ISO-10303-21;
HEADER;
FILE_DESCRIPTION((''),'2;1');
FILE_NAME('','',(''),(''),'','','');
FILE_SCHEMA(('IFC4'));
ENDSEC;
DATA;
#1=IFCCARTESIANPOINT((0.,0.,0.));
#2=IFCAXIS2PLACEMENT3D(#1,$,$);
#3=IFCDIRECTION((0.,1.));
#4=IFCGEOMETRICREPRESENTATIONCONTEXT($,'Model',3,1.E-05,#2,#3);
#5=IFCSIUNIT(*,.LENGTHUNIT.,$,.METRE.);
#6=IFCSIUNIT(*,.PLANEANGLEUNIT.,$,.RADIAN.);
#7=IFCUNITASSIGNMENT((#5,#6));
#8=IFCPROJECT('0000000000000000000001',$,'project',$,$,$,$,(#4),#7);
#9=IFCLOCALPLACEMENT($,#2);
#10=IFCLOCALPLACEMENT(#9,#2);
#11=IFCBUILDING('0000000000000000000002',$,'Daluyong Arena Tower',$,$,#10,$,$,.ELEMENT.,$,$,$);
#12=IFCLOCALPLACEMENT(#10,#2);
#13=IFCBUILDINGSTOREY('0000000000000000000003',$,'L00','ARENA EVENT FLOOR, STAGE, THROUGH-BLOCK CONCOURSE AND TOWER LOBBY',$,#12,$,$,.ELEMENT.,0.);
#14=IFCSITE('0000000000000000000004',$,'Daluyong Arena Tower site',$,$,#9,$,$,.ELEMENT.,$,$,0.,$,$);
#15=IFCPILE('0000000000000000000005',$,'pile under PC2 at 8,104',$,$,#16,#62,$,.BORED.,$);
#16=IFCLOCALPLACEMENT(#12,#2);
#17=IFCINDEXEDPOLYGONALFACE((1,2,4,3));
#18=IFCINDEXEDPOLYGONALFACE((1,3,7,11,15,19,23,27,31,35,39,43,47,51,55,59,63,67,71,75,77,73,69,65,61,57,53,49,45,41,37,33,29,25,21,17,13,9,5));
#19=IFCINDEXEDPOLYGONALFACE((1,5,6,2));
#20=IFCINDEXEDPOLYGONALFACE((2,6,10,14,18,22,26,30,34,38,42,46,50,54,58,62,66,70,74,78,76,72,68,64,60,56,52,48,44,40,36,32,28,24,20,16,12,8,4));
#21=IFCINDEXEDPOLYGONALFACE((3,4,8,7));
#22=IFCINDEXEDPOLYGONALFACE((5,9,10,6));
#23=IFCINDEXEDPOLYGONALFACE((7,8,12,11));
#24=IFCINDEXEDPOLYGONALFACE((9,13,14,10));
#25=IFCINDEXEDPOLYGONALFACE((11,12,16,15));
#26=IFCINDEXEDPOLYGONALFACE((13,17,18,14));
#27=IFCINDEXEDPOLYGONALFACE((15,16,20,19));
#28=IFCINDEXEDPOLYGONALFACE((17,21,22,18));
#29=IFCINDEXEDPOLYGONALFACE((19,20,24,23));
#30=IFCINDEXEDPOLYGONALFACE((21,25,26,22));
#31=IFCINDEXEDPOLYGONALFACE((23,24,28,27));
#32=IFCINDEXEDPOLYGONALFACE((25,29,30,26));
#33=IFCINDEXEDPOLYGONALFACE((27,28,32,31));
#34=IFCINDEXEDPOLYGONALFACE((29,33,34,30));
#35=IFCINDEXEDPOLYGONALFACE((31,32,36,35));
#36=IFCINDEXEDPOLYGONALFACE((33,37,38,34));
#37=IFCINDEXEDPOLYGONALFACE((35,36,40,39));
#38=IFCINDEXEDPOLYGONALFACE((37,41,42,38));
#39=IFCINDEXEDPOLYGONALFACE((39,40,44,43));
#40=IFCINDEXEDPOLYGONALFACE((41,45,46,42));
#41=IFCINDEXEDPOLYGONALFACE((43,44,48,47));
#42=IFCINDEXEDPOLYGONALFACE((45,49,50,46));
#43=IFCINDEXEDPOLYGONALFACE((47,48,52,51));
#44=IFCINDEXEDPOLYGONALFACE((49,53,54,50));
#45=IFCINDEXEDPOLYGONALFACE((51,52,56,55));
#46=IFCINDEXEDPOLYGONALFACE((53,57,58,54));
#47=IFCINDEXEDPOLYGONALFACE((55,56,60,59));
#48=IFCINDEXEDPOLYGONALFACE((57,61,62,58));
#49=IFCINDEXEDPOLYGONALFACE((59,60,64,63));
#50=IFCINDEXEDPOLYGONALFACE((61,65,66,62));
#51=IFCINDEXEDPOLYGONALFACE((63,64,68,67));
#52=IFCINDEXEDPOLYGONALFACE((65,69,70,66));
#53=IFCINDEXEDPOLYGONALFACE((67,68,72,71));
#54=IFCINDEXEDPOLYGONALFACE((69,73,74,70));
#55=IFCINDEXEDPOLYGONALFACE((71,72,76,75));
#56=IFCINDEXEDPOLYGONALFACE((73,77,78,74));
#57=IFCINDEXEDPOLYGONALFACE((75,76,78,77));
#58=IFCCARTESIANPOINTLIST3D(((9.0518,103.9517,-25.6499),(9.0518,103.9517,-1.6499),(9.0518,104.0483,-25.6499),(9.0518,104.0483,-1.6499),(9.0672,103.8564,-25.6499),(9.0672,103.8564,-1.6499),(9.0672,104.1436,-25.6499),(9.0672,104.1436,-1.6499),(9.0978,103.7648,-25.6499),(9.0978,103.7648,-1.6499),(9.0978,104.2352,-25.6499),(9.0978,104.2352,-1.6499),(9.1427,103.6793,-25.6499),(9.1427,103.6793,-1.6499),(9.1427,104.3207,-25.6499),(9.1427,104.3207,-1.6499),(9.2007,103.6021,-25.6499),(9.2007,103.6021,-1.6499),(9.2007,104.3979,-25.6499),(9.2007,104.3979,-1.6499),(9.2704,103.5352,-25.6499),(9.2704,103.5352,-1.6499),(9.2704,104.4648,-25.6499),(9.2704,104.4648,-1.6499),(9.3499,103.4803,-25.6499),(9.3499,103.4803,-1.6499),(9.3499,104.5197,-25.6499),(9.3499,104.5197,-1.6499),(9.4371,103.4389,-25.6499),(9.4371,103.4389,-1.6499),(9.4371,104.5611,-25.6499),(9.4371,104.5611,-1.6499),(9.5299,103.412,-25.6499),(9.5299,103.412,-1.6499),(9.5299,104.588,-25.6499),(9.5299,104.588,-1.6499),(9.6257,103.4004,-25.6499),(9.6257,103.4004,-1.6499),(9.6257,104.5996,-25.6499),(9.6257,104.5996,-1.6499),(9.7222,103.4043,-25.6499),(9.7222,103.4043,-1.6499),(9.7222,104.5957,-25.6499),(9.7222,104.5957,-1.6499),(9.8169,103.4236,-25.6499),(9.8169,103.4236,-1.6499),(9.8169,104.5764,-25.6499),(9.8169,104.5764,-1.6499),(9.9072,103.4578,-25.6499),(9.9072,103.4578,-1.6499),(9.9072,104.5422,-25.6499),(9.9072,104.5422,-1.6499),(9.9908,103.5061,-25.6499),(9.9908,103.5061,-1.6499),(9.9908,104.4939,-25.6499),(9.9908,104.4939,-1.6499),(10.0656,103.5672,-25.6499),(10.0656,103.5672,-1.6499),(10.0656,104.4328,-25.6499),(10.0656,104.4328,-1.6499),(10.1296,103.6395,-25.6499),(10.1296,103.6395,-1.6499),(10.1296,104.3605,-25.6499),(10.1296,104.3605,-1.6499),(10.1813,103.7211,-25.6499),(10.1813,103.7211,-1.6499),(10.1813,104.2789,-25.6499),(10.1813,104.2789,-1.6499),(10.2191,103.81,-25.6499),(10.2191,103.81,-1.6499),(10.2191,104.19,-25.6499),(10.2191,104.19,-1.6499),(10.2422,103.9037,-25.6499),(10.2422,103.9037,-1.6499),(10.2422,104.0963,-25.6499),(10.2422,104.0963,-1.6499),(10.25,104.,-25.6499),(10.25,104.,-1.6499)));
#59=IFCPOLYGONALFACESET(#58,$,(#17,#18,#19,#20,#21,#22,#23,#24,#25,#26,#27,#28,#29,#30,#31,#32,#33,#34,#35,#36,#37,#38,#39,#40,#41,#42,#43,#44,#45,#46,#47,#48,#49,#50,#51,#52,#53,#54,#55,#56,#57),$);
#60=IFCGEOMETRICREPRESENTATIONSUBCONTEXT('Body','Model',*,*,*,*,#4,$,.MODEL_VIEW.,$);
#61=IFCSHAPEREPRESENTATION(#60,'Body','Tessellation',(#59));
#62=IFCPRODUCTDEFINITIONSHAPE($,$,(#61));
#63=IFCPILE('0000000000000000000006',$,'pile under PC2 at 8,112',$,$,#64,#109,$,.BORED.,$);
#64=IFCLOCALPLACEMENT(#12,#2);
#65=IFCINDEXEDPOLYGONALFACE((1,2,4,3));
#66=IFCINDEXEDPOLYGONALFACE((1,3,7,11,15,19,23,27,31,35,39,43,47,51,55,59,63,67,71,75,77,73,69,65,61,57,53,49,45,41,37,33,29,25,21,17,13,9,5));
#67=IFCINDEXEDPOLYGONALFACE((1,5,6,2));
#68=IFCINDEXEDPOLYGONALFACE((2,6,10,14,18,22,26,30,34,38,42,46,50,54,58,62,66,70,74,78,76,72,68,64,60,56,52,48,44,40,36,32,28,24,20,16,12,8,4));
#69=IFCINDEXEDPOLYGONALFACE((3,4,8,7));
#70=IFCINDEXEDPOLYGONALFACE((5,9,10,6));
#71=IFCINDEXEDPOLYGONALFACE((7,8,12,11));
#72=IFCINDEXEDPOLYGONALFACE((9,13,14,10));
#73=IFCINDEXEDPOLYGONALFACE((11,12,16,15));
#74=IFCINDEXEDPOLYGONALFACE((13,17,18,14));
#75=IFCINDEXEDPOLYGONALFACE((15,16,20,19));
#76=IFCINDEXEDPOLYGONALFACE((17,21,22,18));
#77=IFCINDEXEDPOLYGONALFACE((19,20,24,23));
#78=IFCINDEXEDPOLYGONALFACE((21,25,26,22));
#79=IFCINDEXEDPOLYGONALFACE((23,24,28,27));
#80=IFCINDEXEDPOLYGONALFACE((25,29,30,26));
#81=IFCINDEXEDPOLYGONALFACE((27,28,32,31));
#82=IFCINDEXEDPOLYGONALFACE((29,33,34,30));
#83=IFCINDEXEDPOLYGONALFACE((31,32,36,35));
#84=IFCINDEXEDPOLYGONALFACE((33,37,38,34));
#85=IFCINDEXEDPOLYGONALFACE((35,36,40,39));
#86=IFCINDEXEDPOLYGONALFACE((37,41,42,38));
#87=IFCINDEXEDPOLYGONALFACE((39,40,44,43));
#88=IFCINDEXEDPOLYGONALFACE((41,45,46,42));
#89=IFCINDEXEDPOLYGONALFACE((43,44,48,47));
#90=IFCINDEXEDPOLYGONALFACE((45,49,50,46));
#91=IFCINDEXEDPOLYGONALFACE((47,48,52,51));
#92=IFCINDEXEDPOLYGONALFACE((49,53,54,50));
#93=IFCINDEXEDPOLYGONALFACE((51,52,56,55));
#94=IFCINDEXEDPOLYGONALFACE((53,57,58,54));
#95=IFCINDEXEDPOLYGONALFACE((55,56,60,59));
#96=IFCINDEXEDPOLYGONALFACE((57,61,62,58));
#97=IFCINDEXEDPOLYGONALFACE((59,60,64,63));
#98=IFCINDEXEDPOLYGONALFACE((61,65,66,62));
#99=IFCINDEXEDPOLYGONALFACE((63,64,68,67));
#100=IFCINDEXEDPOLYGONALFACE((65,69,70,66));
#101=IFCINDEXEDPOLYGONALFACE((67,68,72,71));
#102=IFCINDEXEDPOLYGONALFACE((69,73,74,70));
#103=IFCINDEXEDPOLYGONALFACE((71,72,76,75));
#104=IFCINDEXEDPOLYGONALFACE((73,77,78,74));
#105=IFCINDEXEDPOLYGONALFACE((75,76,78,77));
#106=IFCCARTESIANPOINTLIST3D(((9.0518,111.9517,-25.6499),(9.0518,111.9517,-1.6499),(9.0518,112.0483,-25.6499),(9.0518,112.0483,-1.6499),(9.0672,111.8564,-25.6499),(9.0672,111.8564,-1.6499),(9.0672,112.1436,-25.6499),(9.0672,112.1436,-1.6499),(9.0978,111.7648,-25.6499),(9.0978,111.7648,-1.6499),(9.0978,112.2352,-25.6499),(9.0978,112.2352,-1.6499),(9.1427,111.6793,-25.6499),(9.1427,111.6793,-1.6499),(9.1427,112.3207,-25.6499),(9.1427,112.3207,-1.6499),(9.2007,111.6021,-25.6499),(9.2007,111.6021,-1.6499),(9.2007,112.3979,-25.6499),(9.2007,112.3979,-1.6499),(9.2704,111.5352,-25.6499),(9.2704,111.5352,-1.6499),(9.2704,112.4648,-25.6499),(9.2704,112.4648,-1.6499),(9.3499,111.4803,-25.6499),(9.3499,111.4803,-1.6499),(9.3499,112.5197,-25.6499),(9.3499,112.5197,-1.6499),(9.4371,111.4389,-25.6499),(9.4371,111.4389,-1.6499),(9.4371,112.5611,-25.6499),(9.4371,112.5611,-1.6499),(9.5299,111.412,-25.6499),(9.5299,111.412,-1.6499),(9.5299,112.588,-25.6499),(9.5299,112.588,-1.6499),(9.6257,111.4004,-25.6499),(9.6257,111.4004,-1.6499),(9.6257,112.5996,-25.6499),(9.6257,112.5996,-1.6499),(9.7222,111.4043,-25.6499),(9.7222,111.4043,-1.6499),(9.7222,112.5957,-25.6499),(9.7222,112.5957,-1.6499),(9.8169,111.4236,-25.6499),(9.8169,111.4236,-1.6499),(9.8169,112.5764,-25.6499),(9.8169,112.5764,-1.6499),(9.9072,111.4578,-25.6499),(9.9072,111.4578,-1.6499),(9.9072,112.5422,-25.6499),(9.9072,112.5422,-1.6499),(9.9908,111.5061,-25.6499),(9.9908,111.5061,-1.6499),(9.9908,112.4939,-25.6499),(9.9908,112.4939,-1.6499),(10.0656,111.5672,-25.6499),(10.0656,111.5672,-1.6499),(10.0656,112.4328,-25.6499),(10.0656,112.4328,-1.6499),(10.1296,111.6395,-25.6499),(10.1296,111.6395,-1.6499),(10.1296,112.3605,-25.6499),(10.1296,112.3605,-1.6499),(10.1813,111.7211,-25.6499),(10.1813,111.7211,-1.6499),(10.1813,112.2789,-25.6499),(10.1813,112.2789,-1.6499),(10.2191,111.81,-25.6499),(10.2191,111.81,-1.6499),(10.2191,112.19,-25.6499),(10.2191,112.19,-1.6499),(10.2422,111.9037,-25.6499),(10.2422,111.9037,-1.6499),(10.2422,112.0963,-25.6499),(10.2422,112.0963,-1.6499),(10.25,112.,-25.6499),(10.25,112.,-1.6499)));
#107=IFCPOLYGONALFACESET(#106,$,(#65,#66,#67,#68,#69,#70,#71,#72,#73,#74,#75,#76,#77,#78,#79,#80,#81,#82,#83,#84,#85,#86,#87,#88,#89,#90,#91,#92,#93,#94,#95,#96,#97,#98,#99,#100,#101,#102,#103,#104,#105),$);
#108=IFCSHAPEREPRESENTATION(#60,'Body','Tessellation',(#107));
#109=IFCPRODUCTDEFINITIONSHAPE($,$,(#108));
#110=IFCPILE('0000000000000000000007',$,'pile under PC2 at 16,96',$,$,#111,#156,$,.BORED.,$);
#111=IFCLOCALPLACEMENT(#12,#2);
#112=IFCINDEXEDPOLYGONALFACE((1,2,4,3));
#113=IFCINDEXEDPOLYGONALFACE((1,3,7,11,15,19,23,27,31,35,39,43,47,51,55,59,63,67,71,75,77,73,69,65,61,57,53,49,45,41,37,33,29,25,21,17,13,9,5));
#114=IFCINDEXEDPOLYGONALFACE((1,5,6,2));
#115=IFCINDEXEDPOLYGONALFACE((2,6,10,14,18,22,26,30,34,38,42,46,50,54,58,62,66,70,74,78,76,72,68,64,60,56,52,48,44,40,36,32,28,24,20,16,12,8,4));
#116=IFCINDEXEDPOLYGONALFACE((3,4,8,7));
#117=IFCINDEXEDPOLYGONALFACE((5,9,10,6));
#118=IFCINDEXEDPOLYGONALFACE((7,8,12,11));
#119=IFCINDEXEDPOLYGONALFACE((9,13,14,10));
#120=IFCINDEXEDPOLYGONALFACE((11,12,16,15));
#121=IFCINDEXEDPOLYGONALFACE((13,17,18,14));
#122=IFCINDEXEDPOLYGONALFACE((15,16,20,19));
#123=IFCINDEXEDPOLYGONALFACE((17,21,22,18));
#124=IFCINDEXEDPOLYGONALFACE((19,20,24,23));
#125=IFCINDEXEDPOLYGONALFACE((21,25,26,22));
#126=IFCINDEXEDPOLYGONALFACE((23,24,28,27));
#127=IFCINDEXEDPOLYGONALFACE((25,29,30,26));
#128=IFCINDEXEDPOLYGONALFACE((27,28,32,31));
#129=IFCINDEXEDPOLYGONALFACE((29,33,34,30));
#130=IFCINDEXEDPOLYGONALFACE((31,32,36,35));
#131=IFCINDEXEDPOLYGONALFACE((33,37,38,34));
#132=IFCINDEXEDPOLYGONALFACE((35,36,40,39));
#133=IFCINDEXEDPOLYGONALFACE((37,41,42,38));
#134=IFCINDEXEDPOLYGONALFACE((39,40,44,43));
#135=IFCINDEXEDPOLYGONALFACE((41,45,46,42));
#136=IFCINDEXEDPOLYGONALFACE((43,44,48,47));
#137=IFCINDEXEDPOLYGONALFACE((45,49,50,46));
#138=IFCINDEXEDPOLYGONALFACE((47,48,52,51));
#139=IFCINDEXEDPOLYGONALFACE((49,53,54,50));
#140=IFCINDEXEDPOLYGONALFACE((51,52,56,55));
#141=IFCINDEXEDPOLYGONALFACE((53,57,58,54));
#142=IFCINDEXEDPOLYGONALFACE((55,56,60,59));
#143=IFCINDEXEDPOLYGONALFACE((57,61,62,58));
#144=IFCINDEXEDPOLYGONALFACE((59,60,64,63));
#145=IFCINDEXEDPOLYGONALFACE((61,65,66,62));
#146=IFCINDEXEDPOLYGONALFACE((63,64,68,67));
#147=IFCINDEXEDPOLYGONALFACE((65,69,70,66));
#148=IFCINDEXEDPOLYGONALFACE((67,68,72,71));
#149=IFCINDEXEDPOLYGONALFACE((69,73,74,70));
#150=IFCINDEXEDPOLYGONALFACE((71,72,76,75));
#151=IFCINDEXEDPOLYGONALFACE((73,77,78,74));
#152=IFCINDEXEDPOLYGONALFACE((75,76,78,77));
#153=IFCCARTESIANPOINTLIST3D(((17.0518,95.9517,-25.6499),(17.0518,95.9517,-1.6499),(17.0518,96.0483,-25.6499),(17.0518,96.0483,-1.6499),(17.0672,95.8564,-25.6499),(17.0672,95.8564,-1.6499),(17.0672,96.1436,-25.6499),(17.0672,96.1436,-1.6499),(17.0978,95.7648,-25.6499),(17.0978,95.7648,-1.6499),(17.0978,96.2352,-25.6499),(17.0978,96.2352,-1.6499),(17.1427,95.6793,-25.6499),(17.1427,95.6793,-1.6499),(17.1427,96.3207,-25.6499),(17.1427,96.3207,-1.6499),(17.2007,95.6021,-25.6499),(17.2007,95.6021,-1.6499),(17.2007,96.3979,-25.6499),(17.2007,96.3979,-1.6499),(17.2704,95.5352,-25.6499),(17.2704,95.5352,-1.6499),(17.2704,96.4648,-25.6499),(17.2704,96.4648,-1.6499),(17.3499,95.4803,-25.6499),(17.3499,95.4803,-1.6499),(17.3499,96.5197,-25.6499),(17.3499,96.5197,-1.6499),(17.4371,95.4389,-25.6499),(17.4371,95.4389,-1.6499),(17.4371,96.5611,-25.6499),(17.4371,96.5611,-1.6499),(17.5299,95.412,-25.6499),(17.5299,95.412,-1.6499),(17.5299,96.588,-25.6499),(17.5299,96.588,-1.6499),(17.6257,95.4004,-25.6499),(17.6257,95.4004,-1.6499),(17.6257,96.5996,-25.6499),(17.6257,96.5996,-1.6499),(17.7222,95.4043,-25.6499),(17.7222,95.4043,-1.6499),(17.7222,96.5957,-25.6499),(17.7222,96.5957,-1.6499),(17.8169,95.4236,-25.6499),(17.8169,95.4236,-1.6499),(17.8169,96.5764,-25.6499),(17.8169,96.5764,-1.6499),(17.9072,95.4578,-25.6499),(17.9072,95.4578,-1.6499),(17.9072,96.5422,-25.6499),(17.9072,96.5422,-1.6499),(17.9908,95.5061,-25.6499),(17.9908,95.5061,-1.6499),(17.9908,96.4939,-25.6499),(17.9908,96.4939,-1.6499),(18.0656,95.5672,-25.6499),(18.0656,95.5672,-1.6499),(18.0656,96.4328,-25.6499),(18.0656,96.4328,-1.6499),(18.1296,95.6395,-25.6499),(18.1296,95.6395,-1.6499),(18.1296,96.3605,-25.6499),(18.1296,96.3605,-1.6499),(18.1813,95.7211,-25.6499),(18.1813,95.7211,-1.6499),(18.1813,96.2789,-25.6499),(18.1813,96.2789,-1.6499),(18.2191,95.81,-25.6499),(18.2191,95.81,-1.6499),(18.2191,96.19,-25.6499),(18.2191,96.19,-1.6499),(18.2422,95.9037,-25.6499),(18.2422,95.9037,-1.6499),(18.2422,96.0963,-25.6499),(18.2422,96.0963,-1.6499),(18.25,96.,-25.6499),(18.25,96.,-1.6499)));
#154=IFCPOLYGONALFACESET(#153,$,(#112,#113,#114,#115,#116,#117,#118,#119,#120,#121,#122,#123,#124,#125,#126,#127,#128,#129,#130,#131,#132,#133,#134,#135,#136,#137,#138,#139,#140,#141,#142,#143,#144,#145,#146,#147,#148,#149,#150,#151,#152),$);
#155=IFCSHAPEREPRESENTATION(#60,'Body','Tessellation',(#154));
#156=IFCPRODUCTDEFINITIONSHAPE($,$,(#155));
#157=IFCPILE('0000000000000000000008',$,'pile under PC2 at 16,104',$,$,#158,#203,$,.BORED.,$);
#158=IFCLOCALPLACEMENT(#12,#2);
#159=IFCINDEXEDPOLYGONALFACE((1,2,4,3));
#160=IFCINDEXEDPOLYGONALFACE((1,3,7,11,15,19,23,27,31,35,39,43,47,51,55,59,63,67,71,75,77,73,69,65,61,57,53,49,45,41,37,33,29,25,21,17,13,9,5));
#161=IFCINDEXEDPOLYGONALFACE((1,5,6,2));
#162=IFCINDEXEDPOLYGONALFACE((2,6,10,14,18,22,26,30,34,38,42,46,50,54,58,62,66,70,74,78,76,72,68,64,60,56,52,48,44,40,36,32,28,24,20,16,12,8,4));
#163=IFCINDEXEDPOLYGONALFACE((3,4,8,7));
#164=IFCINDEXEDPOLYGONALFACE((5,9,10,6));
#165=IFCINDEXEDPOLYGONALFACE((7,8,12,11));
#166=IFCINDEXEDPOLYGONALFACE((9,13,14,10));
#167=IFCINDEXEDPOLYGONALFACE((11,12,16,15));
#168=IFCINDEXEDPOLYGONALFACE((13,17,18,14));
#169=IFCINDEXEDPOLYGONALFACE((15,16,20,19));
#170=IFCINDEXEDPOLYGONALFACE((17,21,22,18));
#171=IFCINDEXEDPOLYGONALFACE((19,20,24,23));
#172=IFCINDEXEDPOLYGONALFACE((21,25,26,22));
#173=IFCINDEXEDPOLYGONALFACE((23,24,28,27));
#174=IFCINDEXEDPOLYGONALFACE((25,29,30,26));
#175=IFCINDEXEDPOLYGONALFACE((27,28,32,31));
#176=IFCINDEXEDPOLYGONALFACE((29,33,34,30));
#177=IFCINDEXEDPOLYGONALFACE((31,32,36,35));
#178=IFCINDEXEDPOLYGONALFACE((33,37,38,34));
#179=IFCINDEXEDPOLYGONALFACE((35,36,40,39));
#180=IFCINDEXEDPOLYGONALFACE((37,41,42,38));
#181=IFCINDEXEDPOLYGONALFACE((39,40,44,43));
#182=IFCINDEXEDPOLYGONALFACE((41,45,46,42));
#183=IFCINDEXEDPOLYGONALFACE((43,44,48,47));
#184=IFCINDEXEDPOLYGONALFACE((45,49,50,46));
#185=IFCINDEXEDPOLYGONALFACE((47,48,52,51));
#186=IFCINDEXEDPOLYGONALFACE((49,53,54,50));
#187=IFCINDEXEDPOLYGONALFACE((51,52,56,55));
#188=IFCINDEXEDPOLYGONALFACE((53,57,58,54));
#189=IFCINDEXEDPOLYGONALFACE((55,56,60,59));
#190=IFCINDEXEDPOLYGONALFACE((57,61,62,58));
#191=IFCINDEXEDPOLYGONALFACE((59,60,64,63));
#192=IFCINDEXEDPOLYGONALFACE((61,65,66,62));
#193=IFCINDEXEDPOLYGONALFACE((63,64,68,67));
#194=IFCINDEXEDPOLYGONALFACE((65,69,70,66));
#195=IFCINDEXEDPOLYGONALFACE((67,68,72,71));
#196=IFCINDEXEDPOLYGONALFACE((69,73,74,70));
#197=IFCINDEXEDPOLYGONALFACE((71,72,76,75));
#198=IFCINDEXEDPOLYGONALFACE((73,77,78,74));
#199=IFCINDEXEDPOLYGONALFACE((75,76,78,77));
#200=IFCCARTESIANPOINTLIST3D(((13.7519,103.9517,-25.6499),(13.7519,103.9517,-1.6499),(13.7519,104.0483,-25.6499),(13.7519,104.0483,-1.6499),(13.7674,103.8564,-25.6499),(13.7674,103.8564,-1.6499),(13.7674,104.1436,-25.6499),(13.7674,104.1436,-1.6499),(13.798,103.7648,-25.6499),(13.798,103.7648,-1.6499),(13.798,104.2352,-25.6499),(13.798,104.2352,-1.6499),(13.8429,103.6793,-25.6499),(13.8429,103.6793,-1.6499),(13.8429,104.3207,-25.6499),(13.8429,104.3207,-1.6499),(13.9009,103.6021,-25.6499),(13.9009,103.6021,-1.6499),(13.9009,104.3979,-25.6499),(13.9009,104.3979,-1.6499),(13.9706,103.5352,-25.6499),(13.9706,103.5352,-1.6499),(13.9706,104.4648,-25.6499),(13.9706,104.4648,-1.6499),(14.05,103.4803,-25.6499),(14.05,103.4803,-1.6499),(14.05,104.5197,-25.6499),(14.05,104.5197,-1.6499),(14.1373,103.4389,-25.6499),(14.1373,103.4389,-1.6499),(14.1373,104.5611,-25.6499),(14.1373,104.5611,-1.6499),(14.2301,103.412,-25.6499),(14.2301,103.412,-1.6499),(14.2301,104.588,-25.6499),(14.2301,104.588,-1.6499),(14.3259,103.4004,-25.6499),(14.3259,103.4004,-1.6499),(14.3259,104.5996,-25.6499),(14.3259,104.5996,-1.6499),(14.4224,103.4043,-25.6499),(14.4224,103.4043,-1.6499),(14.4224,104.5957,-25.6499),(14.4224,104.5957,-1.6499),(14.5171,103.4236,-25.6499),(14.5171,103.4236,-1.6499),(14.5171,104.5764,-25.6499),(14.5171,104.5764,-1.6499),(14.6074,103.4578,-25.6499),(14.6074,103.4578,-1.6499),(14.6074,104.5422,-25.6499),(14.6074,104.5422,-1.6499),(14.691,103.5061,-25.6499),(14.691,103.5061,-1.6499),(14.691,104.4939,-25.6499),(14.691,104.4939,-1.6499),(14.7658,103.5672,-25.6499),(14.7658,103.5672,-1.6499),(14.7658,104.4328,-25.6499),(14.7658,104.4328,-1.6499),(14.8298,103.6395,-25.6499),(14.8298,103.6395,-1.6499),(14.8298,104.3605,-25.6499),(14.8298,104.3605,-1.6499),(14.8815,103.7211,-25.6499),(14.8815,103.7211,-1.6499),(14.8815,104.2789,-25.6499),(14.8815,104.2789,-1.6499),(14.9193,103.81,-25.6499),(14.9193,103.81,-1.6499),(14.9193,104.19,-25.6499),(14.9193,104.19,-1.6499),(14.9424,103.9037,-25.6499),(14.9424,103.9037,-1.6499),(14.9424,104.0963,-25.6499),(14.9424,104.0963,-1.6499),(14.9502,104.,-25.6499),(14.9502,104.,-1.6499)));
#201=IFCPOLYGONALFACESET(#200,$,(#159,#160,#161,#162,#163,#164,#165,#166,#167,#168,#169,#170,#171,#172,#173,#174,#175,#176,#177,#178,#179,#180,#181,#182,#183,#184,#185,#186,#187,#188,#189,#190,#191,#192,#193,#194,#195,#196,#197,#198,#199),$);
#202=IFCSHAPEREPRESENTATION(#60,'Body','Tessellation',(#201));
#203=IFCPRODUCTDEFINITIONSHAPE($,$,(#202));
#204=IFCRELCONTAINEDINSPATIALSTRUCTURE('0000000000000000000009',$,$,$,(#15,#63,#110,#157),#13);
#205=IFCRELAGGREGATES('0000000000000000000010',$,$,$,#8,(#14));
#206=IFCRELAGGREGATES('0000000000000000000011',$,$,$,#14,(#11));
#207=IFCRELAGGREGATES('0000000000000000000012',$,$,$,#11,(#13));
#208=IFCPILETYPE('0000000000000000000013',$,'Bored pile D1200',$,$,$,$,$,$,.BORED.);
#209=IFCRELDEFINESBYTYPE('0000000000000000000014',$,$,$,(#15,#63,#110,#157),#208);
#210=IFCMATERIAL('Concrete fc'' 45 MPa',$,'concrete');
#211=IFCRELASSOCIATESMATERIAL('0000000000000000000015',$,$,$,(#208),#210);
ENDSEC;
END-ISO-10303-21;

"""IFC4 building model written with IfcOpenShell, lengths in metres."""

from ifc_helpers import new_model, si_unit, direction, frame, origin, origin_2d, place, context, subcontext, project, spatial, circle, extrude, material, type_object, element, save


model = new_model("IFC4")

# Units and contexts
model_context = context("Model", 3, precision=1e-05, world=origin(), true_north=direction((0.0, 1.0)))
body_context = subcontext(model_context, "Body", "Model", "MODEL_VIEW")
ifc_project = project(units=[si_unit("LENGTHUNIT", "METRE"), si_unit("PLANEANGLEUNIT", "RADIAN")], contexts=[model_context])

# Site, building, storey
site_placement = place(None, origin())
site = spatial("IfcSite", under=ifc_project, at=site_placement, Name="Daluyong Arena Tower site", CompositionType="ELEMENT", RefElevation=0.0)
building_placement = place(site_placement, origin())
building = spatial("IfcBuilding", under=site, at=building_placement, Name="Daluyong Arena Tower", CompositionType="ELEMENT")
storey_placement = place(building_placement, origin())
storey = spatial("IfcBuildingStorey", under=building, at=storey_placement, Name="L00", Description="ARENA EVENT FLOOR, STAGE, THROUGH-BLOCK CONCOURSE AND TOWER LOBBY", CompositionType="ELEMENT", Elevation=0.0)

# Piles
ifc_material_1 = material(Name="Concrete fc' 45 MPa", Category="concrete")
pile_type = type_object("IfcPileType", Name="Bored pile D1200", PredefinedType="BORED", material=ifc_material_1)
for number, where, z_axis, x_axis, name in (
    (1, (9.6499, 104.0, -1.6499), (0.0, 0.0, -1.0), (1.0, 0.0, 0.0), "pile under PC2 at 8,104"),
    (2, (9.6499, 112.0, -1.6499), (0.0, 0.0, -1.0), (1.0, 0.0, 0.0), "pile under PC2 at 8,112"),
    (3, (17.6499, 96.0, -1.6499), (0.0, 0.0, -1.0), (1.0, 0.0, 0.0), "pile under PC2 at 16,96"),
    (4, (14.3501, 104.0, -1.6499), (0.0, 0.0, -1.0), (1.0, 0.0, 0.0), "pile under PC2 at 16,104"),
):
    element("IfcPile", number, at=place(storey_placement, frame(where, z_axis=z_axis, x_axis=x_axis)), inside=storey, type_object=pile_type, Name=name, PredefinedType="BORED", context=body_context, shape_type="SweptSolid", body=[
        extrude(circle(Radius=0.6001, at=origin_2d()), origin(), (0.0, 0.0, 1.0), 24.0),
    ])

save(model, "model.ifc")
